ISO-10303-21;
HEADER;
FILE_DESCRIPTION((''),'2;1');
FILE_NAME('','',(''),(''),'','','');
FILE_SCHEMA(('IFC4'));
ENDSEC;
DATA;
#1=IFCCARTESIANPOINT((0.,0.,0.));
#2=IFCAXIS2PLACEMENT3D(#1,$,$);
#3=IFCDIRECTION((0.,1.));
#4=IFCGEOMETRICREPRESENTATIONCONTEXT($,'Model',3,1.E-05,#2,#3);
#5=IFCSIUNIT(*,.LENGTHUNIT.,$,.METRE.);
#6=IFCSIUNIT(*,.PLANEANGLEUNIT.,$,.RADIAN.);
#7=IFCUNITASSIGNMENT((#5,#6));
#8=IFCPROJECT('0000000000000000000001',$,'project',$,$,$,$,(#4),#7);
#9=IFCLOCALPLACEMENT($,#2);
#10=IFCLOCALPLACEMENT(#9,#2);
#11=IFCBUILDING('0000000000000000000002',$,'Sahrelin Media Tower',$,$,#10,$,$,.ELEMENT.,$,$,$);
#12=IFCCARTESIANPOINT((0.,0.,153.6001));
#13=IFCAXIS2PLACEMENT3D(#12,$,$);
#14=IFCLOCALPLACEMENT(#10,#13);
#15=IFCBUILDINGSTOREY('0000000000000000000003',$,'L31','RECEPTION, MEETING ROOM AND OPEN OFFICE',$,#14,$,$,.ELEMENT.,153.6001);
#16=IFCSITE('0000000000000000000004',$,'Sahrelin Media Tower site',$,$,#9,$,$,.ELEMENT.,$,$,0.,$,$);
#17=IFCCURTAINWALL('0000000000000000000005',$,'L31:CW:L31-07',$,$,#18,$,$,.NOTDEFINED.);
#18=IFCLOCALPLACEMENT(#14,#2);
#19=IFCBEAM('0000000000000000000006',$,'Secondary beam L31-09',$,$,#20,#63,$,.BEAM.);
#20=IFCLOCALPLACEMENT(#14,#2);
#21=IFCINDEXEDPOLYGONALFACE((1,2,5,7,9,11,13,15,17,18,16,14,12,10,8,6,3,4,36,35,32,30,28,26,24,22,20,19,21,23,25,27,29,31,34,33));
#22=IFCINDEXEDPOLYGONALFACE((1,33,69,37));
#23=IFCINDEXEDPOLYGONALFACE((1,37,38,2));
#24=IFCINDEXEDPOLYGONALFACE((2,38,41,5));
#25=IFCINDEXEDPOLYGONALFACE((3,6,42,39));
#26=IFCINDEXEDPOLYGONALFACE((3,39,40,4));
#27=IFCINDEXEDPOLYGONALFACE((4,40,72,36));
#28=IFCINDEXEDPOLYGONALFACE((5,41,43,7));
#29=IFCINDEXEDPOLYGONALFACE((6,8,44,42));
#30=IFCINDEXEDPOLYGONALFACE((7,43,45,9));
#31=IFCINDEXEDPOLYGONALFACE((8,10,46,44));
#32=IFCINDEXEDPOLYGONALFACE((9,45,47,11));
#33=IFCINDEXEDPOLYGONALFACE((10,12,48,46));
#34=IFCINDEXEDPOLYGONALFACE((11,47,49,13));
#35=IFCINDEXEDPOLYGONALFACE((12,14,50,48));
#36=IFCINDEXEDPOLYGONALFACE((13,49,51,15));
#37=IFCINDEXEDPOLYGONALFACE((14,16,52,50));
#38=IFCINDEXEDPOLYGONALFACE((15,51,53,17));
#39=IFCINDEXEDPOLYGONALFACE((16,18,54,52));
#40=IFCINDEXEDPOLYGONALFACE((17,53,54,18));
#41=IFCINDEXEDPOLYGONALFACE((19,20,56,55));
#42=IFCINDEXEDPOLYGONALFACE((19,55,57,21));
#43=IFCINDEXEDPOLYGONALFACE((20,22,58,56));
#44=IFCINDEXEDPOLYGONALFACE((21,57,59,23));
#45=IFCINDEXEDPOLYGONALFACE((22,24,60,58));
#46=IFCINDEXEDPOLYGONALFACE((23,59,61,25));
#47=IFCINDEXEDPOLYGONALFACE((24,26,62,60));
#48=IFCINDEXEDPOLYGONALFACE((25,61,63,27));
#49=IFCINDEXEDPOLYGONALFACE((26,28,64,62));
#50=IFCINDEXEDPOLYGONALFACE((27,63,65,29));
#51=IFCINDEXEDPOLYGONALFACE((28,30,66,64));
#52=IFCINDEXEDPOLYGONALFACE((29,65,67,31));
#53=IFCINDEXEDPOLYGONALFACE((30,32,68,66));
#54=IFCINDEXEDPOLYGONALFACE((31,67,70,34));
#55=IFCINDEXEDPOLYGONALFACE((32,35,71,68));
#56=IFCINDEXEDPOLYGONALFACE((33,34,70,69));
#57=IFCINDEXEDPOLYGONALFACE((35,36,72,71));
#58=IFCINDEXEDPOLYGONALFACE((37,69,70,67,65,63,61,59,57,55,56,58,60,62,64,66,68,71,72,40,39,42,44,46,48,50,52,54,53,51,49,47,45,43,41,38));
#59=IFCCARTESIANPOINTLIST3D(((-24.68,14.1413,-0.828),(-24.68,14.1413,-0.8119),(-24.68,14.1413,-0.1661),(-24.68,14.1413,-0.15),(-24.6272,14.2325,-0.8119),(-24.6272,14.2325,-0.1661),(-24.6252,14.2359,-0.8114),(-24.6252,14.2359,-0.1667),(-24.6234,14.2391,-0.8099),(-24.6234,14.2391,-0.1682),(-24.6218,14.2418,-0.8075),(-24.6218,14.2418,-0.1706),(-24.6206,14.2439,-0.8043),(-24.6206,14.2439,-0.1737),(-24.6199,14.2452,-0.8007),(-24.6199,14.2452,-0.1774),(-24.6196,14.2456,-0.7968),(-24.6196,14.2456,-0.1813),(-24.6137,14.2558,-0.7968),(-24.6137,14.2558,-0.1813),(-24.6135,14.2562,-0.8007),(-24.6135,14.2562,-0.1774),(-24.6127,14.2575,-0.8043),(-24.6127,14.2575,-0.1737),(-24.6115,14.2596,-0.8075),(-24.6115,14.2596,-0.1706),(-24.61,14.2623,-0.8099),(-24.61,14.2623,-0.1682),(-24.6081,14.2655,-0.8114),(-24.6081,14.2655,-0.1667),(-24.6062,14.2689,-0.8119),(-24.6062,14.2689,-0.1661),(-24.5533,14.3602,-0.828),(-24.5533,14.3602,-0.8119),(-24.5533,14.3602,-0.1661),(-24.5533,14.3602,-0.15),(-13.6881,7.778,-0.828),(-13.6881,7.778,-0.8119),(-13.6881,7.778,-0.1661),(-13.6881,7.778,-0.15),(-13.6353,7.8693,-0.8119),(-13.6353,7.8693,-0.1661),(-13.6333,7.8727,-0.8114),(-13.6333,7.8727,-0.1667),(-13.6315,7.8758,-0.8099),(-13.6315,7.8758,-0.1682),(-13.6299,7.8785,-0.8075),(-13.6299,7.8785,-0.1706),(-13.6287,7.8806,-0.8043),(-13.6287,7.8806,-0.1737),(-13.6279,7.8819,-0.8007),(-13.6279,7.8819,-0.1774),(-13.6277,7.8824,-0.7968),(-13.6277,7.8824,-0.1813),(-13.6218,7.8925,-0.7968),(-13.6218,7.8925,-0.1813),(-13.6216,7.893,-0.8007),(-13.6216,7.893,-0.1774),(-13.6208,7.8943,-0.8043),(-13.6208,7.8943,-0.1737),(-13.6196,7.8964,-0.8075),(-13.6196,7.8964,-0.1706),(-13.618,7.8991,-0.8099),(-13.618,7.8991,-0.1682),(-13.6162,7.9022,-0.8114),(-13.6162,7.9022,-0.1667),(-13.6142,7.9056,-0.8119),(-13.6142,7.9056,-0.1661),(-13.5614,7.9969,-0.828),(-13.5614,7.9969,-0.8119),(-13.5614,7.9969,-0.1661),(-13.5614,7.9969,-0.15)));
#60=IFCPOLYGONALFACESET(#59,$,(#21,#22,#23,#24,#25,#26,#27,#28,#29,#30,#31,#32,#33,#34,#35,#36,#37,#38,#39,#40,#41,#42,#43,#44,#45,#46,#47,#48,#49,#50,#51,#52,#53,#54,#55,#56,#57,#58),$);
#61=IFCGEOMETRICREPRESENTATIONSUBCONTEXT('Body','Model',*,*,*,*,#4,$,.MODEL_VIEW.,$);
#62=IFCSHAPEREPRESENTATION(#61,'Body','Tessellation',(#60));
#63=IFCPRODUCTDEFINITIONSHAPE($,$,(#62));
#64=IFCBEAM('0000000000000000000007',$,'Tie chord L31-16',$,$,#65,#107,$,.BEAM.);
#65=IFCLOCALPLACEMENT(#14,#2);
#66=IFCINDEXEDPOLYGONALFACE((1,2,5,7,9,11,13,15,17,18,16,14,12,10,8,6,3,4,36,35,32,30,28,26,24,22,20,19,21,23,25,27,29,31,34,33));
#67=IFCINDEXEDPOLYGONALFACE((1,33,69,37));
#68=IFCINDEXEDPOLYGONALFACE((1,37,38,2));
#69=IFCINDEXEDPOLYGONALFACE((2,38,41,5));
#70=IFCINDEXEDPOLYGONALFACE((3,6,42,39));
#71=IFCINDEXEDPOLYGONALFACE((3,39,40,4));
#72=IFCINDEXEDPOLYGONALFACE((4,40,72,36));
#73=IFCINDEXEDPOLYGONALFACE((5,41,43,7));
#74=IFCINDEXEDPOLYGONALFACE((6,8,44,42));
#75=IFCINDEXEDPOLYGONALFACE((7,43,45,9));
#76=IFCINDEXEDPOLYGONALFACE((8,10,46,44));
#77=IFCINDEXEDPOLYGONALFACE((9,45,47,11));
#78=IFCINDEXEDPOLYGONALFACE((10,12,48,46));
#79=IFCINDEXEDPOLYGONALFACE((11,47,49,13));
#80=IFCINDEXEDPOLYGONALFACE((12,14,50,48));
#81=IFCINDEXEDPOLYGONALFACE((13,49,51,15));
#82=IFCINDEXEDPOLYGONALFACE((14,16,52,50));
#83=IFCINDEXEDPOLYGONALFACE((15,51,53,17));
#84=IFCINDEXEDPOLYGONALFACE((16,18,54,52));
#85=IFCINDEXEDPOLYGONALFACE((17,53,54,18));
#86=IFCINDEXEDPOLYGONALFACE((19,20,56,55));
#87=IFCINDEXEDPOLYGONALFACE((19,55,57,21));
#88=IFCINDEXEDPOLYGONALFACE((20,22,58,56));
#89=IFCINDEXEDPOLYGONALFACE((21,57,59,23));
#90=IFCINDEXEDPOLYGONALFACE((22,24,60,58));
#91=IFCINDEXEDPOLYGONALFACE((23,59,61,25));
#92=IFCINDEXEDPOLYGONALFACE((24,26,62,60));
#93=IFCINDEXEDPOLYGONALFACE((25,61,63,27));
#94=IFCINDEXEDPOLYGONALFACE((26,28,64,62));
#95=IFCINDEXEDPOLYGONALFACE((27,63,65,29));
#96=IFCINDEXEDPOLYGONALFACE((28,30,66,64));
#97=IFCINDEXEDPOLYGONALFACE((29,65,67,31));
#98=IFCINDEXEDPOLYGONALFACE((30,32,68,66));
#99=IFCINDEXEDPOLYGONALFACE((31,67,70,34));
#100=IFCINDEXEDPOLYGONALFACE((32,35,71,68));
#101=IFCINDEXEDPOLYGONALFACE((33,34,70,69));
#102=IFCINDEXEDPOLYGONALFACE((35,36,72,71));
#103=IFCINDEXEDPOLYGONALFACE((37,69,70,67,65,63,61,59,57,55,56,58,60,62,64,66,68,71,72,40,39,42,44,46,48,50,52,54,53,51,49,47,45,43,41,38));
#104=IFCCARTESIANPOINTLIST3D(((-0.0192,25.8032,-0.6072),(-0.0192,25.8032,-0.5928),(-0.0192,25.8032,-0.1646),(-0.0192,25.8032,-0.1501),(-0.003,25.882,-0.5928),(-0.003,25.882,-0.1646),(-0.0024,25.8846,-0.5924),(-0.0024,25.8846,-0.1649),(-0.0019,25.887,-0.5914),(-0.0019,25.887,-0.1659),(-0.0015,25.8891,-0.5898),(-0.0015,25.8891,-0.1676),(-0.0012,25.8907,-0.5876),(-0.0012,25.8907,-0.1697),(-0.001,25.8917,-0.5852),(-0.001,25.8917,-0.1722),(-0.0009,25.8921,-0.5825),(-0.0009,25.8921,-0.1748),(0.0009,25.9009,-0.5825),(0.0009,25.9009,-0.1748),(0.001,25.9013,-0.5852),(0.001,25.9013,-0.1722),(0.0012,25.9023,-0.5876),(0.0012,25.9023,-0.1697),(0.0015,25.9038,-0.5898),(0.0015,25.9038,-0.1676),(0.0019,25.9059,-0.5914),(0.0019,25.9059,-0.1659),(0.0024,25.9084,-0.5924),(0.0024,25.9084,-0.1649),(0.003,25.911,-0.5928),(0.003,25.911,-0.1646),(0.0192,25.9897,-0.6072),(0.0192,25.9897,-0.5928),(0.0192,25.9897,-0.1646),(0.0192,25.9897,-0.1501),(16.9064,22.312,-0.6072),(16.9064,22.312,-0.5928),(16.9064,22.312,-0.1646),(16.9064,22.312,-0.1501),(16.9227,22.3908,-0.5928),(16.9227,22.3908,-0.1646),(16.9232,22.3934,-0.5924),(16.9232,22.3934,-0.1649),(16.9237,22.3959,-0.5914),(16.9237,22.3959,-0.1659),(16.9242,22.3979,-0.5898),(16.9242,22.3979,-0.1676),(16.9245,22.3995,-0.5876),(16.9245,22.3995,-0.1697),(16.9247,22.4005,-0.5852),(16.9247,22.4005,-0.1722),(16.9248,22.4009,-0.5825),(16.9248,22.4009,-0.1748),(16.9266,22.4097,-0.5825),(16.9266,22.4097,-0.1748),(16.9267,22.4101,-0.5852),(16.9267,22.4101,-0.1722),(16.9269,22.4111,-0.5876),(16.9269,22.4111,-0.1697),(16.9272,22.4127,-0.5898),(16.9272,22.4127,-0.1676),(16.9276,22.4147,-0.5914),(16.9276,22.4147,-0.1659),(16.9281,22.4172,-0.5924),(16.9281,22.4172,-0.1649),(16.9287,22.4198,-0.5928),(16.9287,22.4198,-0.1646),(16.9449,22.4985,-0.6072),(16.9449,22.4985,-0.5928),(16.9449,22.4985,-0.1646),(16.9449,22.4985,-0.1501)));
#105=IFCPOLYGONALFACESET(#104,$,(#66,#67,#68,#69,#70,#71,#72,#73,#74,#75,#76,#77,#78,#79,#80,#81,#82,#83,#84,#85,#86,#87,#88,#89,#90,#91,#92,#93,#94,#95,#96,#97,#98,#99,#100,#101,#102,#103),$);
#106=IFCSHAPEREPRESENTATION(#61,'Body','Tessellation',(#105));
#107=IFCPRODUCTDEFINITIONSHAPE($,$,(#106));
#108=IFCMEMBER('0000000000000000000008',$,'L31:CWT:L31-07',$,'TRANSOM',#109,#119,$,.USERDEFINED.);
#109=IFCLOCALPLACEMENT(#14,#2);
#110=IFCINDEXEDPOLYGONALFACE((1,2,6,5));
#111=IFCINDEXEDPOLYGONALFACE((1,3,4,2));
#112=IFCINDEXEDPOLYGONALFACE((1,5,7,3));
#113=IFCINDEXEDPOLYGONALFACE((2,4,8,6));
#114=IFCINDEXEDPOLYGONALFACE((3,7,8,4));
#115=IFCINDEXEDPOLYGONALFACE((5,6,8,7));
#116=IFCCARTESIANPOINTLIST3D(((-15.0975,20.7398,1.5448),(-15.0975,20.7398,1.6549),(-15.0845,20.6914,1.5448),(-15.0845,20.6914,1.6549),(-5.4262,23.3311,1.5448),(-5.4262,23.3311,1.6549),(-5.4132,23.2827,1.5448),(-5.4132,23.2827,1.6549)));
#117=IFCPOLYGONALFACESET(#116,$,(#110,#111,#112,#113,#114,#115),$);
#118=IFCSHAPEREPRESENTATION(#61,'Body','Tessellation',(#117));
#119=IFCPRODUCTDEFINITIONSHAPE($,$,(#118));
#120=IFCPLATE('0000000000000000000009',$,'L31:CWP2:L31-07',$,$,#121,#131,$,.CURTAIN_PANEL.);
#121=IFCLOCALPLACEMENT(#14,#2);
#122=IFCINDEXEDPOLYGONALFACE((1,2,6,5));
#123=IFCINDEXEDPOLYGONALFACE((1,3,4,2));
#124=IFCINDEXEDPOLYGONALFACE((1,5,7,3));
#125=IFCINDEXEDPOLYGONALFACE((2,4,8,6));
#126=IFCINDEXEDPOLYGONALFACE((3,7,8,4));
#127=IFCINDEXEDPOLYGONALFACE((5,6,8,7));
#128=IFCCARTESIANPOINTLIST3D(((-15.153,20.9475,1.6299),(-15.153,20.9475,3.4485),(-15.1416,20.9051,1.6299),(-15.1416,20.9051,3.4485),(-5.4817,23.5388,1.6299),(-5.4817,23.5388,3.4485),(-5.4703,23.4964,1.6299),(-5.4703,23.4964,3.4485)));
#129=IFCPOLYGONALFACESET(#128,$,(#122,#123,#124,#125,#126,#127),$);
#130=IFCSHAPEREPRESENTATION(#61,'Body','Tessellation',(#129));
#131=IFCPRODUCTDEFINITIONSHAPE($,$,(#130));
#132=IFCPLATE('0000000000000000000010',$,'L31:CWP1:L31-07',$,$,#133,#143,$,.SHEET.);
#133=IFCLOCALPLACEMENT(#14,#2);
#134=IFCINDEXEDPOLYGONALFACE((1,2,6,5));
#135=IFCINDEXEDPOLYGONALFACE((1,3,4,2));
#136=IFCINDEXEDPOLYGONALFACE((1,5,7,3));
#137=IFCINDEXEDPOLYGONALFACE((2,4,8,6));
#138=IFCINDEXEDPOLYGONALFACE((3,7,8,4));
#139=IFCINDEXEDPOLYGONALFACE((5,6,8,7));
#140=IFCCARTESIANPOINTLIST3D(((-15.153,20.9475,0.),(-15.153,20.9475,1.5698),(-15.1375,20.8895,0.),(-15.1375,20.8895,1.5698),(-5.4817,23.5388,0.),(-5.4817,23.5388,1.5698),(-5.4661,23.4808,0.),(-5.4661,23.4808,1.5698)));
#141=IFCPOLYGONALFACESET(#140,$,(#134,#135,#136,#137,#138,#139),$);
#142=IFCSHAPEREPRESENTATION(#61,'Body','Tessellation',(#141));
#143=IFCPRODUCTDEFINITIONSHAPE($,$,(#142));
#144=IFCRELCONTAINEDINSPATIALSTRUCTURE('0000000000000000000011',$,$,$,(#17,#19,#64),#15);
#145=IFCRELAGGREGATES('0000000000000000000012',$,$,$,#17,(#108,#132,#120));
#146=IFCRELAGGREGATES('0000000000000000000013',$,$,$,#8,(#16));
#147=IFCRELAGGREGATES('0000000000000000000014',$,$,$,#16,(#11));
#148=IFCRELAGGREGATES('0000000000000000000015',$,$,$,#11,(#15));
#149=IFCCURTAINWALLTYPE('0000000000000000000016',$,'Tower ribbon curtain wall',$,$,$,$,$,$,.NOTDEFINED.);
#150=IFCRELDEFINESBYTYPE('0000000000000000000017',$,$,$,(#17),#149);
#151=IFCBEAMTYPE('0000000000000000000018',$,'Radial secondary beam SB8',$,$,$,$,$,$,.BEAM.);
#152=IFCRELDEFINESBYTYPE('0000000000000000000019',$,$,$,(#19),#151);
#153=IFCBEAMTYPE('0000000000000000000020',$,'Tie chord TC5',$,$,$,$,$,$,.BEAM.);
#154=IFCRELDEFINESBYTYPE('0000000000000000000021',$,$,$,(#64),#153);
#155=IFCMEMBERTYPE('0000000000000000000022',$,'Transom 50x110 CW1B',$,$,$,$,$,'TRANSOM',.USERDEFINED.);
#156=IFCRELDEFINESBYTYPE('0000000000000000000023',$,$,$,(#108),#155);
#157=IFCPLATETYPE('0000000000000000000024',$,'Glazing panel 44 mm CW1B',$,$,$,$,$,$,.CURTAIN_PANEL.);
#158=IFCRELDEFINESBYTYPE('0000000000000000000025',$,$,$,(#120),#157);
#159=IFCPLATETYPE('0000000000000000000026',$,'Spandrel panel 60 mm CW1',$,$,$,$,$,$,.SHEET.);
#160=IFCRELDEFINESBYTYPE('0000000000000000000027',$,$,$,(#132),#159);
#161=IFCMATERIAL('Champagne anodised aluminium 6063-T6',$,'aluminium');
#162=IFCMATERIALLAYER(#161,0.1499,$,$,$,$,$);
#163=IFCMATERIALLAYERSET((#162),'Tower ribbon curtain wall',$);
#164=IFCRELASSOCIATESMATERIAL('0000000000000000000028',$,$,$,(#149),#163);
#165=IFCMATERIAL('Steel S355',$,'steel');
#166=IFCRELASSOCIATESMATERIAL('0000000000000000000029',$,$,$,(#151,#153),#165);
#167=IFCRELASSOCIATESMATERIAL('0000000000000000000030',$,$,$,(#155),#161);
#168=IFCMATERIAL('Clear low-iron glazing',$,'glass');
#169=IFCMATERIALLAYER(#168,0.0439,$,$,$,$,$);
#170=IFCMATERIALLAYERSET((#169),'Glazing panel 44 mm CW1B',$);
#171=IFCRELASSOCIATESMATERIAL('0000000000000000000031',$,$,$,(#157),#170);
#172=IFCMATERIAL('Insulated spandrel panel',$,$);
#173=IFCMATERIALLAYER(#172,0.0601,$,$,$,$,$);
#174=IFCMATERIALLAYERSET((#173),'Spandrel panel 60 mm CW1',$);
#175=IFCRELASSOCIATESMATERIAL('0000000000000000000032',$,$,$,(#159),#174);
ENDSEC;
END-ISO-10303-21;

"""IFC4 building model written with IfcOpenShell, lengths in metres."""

from ifc_helpers import new_model, si_unit, direction, frame, origin, origin_2d, place, context, subcontext, project, spatial, polyline, rectangle, i_section, outline, extrude, material, layer, layer_set, material_profile, profile_set, type_object, element, aggregate, save


model = new_model("IFC4")

# Units and contexts
model_context = context("Model", 3, precision=1e-05, world=origin(), true_north=direction((0.0, 1.0)))
body_context = subcontext(model_context, "Body", "Model", "MODEL_VIEW")
ifc_project = project(units=[si_unit("LENGTHUNIT", "METRE"), si_unit("PLANEANGLEUNIT", "RADIAN")], contexts=[model_context])

# Site, building, storey
site_placement = place(None, origin())
site = spatial("IfcSite", under=ifc_project, at=site_placement, Name="Sahrelin Media Tower site", CompositionType="ELEMENT", RefElevation=0.0)
building_placement = place(site_placement, origin())
building = spatial("IfcBuilding", under=site, at=building_placement, Name="Sahrelin Media Tower", CompositionType="ELEMENT")
storey_placement = place(building_placement, frame((0.0, 0.0, 153.6001)))
storey = spatial("IfcBuildingStorey", under=building, at=storey_placement, Name="L31", Description="RECEPTION, MEETING ROOM AND OPEN OFFICE", CompositionType="ELEMENT", Elevation=153.6001)

# Shared definitions
ifc_material_1 = material(Name="Steel S355", Category="steel")

# Curtain wall
ifc_material_2 = material(Name="Champagne anodised aluminium 6063-T6", Category="aluminium")
ifc_layer_1 = layer(ifc_material_2, 0.1499)
ifc_layer_set_1 = layer_set([ifc_layer_1], Name="Tower ribbon curtain wall")
curtain_wall_type = type_object("IfcCurtainWallType", Name="Tower ribbon curtain wall", PredefinedType="NOTDEFINED", material=ifc_layer_set_1)
curtain_wall_placement = place(storey_placement, frame((-10.3123, 22.2236, 0.0), z_axis=(0.0, 0.0, 1.0), x_axis=(1.0, 0.0, 0.0)))
curtain_wall = element("IfcCurtainWall", 1, at=curtain_wall_placement, inside=storey, type_object=curtain_wall_type, Name="L31:CW:L31-07", PredefinedType="NOTDEFINED")

# Beams
ifc_material_profile_1 = material_profile(ifc_material_1, i_section(OverallWidth=0.2529, OverallDepth=0.678, WebThickness=0.0117, FlangeThickness=0.0161, FilletRadius=0.0151, at=origin_2d()), Name="UB 686x254x125")
ifc_profile_set_1 = profile_set([ifc_material_profile_1], Name="Steel S355")
beam_type_1 = type_object("IfcBeamType", Name="Radial secondary beam SB8", PredefinedType="BEAM", material=ifc_profile_set_1)
beam_1_placement = place(storey_placement, frame((-13.6248, 7.8875, -0.489), z_axis=(-0.865443, 0.501008, 0.0), x_axis=(-0.501008, -0.865443, 0.0)))
element("IfcBeam", 2, at=beam_1_placement, inside=storey, type_object=beam_type_1, Name="Secondary beam L31-09", PredefinedType="BEAM", context=body_context, shape_type="SweptSolid", body=[
    extrude(i_section(OverallWidth=0.2529, OverallDepth=0.678, WebThickness=0.0117, FlangeThickness=0.0161, FilletRadius=0.0151, at=origin_2d()), origin(), (0.0, 0.0, 1.0), 12.7009),
])
ifc_material_profile_2 = material_profile(ifc_material_1, i_section(OverallWidth=0.1904, OverallDepth=0.457, WebThickness=0.009, FlangeThickness=0.0144, FilletRadius=0.0103, at=origin_2d()), Name="UB 457x191x74")
ifc_profile_set_2 = profile_set([ifc_material_profile_2], Name="Steel S355")
beam_type_2 = type_object("IfcBeamType", Name="Tie chord TC5", PredefinedType="BEAM", material=ifc_profile_set_2)
beam_2_placement = place(storey_placement, frame((0.0, 25.8965, -0.3787), z_axis=(0.979383, -0.202013, 0.0), x_axis=(0.202013, 0.979383, 0.0)))
element("IfcBeam", 3, at=beam_2_placement, inside=storey, type_object=beam_type_2, Name="Tie chord L31-16", PredefinedType="BEAM", context=body_context, shape_type="SweptSolid", body=[
    extrude(i_section(OverallWidth=0.1904, OverallDepth=0.457, WebThickness=0.009, FlangeThickness=0.0144, FilletRadius=0.0103, at=origin_2d()), origin(), (0.0, 0.0, 1.0), 17.282),
])

# Member
ifc_material_profile_3 = material_profile(ifc_material_2, rectangle(XDim=0.05, YDim=0.1101, at=origin_2d()), Name="Transom 50x110")
ifc_profile_set_3 = profile_set([ifc_material_profile_3], Name="Champagne anodised aluminium 6063-T6")
member_type_1 = type_object("IfcMemberType", Name="Transom 50x110 CW1B", ElementType="TRANSOM", PredefinedType="USERDEFINED", material=ifc_profile_set_3)
member_1_placement = place(storey_placement, frame((-5.4197, 23.3069, 1.5999), z_axis=(-0.965929, -0.258807, 0.0), x_axis=(0.258807, -0.965929, 0.0)))
member_1 = element("IfcMember", 4, at=member_1_placement, type_object=member_type_1, Name="L31:CWT:L31-07", ObjectType="TRANSOM", PredefinedType="USERDEFINED", context=body_context, shape_type="SweptSolid", body=[
    extrude(rectangle(XDim=0.05, YDim=0.1101, at=origin_2d()), origin(), (0.0, 0.0, 1.0), 10.0125),
])

# Plates
ifc_material_3 = material(Name="Clear low-iron glazing", Category="glass")
ifc_layer_2 = layer(ifc_material_3, 0.0439)
ifc_layer_set_2 = layer_set([ifc_layer_2], Name="Glazing panel 44 mm CW1B")
plate_type_1 = type_object("IfcPlateType", Name="Glazing panel 44 mm CW1B", PredefinedType="CURTAIN_PANEL", material=ifc_layer_set_2)
plate_1_placement = place(storey_placement, frame((-5.4817, 23.5388, 1.6299), z_axis=(-0.258807, 0.965929, 0.0), x_axis=(-0.965929, -0.258807, 0.0)))
plate_1 = element("IfcPlate", 5, at=plate_1_placement, type_object=plate_type_1, Name="L31:CWP2:L31-07", PredefinedType="CURTAIN_PANEL", context=body_context, shape_type="SweptSolid", body=[
    extrude(outline(polyline([(0.0, 0.0), (10.0125, 0.0), (10.0125, 1.8186), (0.0, 1.8186), (0.0, 0.0)])), origin(), (0.0, 0.0, -1.0), 0.0439),
])
ifc_material_4 = material(Name="Insulated spandrel panel")
ifc_layer_3 = layer(ifc_material_4, 0.0601)
ifc_layer_set_3 = layer_set([ifc_layer_3], Name="Spandrel panel 60 mm CW1")
plate_type_2 = type_object("IfcPlateType", Name="Spandrel panel 60 mm CW1", PredefinedType="SHEET", material=ifc_layer_set_3)
plate_2_placement = place(storey_placement, frame((-5.4817, 23.5388, 0.0), z_axis=(-0.258807, 0.965929, 0.0), x_axis=(-0.965929, -0.258807, 0.0)))
plate_2 = element("IfcPlate", 6, at=plate_2_placement, type_object=plate_type_2, Name="L31:CWP1:L31-07", PredefinedType="SHEET", context=body_context, shape_type="SweptSolid", body=[
    extrude(outline(polyline([(0.0, 0.0), (10.0125, 0.0), (10.0125, 1.5698), (0.0, 1.5698), (0.0, 0.0)])), origin(), (0.0, 0.0, -1.0), 0.0601),
])
aggregate(curtain_wall, [member_1, plate_2, plate_1])

save(model, "model.ifc")
